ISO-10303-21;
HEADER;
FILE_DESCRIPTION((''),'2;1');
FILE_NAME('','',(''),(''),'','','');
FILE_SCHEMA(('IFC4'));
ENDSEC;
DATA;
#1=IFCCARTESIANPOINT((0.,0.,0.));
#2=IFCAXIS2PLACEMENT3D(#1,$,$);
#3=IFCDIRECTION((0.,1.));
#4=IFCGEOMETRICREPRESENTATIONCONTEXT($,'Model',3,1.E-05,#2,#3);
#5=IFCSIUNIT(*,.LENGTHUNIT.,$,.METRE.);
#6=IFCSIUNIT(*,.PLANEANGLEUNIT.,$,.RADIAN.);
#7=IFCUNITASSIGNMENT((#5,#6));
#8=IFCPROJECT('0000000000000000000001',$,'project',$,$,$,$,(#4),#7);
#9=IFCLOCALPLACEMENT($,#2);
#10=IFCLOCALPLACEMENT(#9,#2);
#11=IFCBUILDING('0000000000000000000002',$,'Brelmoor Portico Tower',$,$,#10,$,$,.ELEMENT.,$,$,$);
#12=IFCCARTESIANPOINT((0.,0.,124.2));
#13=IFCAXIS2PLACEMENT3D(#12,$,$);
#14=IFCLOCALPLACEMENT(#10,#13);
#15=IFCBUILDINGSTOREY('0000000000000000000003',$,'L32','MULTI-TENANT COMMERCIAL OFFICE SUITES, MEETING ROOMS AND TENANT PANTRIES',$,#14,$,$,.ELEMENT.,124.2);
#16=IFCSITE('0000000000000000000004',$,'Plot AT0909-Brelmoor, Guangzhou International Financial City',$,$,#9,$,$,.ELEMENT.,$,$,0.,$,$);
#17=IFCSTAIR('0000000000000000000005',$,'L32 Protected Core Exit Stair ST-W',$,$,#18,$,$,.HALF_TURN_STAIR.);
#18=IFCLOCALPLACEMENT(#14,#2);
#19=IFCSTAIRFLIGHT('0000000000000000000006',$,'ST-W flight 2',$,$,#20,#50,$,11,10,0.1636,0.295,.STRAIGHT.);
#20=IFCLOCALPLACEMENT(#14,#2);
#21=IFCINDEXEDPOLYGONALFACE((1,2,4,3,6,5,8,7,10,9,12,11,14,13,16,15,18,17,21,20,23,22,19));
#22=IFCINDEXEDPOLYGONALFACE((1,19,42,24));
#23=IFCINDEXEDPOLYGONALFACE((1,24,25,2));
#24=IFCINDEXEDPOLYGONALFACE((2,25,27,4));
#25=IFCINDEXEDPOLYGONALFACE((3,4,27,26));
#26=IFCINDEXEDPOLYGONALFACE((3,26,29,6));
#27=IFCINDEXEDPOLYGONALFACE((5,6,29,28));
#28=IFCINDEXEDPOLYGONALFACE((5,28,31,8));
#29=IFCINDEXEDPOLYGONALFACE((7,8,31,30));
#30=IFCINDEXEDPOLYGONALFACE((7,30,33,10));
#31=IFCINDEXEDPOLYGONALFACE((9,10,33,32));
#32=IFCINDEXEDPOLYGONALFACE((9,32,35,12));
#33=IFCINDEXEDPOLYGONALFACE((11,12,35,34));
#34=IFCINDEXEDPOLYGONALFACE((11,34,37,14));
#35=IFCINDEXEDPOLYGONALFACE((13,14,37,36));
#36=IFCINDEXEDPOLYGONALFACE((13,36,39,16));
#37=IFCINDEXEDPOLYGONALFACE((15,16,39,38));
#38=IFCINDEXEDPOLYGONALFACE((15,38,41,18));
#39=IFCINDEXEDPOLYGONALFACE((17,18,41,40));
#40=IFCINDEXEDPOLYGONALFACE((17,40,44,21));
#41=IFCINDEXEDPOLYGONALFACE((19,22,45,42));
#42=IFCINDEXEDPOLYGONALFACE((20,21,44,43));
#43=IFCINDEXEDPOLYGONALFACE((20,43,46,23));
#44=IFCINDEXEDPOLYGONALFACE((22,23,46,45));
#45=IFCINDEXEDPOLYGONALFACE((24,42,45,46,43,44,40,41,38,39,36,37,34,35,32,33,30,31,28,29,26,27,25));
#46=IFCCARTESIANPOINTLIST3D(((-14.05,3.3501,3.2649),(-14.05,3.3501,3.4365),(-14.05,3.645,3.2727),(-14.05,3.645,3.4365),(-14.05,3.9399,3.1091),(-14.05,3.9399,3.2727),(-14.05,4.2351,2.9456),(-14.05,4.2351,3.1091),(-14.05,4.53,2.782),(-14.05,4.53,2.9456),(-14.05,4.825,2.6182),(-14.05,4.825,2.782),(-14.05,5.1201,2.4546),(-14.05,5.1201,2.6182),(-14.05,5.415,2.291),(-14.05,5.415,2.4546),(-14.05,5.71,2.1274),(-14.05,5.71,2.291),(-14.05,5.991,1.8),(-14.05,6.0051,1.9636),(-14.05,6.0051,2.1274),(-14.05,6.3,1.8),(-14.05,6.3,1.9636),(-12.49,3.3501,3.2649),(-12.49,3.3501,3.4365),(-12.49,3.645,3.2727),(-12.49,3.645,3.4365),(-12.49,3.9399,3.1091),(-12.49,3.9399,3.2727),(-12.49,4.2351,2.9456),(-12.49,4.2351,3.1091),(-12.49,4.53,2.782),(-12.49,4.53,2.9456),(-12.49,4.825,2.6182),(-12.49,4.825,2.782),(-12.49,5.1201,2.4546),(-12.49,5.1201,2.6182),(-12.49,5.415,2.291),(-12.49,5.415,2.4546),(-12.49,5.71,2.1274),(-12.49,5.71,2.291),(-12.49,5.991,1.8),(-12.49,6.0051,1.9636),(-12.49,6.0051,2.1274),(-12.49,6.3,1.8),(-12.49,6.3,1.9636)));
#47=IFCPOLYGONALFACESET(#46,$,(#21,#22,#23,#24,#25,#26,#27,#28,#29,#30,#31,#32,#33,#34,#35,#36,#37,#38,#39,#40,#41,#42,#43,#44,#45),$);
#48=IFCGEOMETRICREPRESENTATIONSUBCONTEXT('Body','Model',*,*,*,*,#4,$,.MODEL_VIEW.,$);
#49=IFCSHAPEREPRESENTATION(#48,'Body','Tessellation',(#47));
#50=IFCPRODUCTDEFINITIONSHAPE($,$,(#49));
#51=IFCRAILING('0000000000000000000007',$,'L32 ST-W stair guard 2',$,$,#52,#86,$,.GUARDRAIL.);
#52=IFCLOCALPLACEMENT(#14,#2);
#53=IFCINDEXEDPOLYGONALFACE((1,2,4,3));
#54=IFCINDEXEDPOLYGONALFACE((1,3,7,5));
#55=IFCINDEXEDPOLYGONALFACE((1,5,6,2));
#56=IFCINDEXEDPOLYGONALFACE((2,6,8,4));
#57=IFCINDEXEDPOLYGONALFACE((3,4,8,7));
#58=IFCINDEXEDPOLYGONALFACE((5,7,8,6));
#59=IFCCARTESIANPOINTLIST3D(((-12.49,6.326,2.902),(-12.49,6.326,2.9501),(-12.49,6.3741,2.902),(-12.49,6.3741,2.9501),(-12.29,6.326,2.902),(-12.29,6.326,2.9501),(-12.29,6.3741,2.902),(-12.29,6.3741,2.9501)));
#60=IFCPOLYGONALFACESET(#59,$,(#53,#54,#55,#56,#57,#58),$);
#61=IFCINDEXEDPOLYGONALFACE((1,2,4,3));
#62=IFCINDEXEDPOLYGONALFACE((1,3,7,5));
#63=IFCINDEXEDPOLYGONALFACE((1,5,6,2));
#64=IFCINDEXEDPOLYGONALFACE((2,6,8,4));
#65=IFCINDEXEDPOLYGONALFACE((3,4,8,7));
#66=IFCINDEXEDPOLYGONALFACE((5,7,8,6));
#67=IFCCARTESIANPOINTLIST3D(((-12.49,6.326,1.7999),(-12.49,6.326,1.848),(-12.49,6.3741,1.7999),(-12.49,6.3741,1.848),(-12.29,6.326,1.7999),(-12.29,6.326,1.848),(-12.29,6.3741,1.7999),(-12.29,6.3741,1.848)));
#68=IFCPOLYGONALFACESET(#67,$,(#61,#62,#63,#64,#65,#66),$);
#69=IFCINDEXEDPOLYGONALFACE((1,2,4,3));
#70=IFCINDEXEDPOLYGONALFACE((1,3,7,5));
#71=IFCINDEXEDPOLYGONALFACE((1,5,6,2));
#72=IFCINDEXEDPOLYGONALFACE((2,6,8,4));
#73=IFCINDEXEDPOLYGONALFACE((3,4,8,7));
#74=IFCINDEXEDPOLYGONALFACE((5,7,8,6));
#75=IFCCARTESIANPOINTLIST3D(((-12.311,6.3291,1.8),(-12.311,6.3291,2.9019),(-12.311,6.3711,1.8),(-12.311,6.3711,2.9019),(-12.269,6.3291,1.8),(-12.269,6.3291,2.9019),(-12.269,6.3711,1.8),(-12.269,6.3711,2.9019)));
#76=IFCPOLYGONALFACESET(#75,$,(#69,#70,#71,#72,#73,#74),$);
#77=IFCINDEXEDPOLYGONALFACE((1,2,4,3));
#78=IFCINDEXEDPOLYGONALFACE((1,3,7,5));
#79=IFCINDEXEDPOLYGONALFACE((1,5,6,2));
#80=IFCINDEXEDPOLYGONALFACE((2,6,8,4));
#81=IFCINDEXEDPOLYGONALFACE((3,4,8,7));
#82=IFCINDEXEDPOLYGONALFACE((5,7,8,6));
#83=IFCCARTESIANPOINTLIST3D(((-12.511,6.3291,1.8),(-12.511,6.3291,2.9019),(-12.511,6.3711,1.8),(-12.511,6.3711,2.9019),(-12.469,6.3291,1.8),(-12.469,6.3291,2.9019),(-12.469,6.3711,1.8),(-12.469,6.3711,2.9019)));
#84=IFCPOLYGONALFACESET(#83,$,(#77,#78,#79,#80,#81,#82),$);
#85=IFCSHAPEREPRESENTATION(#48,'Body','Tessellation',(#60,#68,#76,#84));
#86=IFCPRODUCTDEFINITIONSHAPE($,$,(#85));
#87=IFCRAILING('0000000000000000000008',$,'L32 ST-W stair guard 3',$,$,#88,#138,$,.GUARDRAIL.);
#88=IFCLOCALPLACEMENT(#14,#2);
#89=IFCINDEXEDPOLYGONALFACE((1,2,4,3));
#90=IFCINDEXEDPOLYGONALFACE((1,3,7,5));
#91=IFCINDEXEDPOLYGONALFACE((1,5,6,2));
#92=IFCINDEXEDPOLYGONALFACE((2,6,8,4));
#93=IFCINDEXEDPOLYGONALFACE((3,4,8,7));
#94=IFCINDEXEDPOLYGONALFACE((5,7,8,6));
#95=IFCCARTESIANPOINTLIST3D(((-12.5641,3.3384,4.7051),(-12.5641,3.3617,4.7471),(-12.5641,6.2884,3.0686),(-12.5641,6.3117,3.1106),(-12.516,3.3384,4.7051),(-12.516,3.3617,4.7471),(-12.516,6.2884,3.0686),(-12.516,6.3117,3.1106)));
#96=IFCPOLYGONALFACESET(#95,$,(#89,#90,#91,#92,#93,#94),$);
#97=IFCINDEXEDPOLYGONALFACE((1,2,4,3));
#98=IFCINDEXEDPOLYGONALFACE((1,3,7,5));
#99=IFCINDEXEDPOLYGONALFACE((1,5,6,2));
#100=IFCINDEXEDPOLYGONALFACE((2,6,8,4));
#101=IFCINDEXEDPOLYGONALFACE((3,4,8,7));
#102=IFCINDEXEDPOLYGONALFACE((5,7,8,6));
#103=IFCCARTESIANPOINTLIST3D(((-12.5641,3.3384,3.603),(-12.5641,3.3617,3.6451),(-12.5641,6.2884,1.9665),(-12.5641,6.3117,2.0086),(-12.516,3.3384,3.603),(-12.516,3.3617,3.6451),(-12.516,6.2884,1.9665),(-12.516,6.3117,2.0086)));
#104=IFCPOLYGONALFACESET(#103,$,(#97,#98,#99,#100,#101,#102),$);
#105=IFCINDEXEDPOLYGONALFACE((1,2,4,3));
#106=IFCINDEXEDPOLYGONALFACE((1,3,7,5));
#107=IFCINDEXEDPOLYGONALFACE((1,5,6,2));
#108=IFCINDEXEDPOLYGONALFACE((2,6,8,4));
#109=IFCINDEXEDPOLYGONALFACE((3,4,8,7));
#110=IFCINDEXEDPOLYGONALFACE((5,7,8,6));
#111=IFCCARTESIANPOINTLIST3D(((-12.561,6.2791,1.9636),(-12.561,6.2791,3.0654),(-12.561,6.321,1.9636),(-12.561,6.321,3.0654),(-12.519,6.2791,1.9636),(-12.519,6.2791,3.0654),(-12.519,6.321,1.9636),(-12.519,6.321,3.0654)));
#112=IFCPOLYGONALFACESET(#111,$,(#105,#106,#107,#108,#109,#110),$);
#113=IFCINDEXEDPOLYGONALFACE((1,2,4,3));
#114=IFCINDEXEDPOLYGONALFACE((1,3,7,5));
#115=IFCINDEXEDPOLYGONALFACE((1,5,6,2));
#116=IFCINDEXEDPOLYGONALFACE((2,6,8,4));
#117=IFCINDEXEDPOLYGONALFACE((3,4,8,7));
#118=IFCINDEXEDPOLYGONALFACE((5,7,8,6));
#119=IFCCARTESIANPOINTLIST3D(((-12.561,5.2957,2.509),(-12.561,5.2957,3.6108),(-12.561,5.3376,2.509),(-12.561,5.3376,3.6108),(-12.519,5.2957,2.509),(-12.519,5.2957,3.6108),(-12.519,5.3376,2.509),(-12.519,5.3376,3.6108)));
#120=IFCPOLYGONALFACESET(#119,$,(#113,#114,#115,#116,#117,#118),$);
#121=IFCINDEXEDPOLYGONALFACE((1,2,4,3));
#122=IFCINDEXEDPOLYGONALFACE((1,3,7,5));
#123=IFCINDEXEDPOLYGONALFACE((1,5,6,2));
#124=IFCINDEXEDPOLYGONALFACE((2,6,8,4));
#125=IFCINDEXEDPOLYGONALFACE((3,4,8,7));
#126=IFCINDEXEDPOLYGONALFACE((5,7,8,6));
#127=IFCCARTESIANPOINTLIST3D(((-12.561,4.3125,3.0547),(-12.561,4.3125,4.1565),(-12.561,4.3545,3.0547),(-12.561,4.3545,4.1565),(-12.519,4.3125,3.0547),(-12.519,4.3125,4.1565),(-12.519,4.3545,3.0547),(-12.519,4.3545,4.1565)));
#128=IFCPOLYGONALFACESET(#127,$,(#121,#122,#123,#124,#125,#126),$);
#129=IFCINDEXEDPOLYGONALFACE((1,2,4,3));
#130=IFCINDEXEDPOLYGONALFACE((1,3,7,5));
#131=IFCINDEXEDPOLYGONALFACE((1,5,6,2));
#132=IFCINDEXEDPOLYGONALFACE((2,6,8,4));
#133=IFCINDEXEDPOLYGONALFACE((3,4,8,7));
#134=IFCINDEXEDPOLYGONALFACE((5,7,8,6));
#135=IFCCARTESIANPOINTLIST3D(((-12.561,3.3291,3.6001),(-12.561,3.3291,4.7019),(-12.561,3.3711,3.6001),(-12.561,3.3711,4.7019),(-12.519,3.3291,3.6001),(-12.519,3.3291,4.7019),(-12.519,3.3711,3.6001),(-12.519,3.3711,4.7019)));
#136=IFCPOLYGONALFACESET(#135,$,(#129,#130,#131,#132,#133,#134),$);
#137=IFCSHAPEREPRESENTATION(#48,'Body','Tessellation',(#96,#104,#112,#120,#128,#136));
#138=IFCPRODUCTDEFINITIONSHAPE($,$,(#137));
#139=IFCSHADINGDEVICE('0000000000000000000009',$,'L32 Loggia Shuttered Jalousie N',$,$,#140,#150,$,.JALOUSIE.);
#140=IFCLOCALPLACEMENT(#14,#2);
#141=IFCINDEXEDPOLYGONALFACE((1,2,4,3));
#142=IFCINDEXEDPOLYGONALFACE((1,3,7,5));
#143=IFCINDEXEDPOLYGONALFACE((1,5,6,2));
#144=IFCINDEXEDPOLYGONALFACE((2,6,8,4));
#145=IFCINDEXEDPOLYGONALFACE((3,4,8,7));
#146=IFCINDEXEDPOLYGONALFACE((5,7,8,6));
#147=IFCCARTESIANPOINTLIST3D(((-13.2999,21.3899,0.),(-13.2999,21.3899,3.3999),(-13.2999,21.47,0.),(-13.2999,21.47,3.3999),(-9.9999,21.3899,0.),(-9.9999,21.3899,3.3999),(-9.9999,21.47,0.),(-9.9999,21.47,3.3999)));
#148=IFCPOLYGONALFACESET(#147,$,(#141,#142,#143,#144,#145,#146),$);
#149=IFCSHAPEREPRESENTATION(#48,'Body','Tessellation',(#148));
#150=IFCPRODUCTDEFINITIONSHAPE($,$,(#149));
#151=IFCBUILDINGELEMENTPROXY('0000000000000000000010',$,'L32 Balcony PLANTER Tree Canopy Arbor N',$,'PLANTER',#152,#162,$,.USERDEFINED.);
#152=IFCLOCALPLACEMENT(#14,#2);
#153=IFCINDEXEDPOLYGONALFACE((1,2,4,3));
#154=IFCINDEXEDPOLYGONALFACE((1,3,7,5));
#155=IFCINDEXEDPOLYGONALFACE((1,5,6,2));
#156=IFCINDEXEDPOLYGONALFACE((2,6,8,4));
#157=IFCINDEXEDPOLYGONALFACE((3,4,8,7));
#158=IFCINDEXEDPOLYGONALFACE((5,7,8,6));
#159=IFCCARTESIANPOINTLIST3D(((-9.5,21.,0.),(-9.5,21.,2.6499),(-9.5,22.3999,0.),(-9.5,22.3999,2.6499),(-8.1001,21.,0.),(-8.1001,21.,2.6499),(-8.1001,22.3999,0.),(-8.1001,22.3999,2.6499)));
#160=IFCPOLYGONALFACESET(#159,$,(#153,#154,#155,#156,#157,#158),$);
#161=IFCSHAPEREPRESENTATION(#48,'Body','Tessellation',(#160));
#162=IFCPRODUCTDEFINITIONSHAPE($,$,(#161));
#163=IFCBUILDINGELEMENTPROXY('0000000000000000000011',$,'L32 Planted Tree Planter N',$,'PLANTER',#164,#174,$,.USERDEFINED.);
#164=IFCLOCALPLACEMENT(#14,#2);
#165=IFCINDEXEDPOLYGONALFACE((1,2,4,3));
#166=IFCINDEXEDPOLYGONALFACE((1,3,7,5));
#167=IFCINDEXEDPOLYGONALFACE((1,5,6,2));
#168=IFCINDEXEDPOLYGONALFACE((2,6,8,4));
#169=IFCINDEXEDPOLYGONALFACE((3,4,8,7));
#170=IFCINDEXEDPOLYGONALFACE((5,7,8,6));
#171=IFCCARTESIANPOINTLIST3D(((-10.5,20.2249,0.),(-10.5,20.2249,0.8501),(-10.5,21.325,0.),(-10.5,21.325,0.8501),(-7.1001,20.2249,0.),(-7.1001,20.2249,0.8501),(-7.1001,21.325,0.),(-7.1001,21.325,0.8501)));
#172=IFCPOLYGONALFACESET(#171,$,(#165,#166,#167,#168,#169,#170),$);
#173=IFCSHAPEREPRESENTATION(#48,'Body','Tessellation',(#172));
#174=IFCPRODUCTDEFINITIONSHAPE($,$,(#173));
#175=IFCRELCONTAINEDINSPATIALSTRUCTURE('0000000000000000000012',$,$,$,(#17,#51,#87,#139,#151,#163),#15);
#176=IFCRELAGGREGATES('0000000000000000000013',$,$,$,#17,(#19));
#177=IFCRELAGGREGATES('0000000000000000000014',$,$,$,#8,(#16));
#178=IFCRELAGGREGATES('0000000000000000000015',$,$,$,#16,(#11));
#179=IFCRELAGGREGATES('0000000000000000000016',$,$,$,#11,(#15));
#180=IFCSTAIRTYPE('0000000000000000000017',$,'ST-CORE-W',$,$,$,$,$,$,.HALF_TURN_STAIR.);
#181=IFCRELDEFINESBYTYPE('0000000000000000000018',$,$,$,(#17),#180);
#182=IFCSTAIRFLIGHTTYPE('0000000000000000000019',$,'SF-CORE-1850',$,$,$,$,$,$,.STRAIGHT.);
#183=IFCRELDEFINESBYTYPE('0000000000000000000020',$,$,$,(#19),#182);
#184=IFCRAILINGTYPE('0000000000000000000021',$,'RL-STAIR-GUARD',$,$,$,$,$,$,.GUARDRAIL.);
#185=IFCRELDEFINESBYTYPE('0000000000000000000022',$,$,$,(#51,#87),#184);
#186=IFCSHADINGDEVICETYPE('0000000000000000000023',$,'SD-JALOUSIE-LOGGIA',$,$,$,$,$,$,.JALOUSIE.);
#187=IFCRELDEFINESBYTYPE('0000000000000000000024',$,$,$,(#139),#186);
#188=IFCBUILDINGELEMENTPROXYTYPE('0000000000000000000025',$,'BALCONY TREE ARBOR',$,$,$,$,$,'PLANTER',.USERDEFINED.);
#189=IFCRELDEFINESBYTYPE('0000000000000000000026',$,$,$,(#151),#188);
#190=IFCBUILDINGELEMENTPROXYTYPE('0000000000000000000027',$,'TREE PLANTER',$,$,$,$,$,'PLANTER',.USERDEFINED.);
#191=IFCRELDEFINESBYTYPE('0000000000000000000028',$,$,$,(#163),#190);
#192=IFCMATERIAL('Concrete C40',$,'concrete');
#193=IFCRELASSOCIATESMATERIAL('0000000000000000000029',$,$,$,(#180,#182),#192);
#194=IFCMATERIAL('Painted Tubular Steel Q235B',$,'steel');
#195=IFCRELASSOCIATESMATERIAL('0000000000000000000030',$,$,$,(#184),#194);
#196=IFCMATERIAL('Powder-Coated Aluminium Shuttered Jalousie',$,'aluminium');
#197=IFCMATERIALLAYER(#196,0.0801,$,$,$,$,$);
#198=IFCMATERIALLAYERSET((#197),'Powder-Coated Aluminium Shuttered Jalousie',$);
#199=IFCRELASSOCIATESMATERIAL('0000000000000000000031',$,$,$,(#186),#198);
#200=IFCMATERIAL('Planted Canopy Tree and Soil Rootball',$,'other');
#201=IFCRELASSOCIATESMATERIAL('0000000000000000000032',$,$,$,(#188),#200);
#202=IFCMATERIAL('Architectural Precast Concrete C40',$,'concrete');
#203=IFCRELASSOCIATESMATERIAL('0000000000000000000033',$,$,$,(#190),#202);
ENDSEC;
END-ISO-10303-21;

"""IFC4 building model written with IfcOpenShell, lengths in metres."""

from ifc_helpers import new_model, si_unit, direction, frame, origin, origin_2d, place, context, subcontext, project, spatial, polyline, rectangle, outline, extrude, material, layer, layer_set, type_object, element, aggregate, save


model = new_model("IFC4")

# Units and contexts
model_context = context("Model", 3, precision=1e-05, world=origin(), true_north=direction((0.0, 1.0)))
body_context = subcontext(model_context, "Body", "Model", "MODEL_VIEW")
ifc_project = project(units=[si_unit("LENGTHUNIT", "METRE"), si_unit("PLANEANGLEUNIT", "RADIAN")], contexts=[model_context])

# Site, building, storey
site_placement = place(None, origin())
site = spatial("IfcSite", under=ifc_project, at=site_placement, Name="Plot AT0909-Brelmoor, Guangzhou International Financial City", CompositionType="ELEMENT", RefElevation=0.0)
building_placement = place(site_placement, origin())
building = spatial("IfcBuilding", under=site, at=building_placement, Name="Brelmoor Portico Tower", CompositionType="ELEMENT")
storey_placement = place(building_placement, frame((0.0, 0.0, 124.2)))
storey = spatial("IfcBuildingStorey", under=building, at=storey_placement, Name="L32", Description="MULTI-TENANT COMMERCIAL OFFICE SUITES, MEETING ROOMS AND TENANT PANTRIES", CompositionType="ELEMENT", Elevation=124.2)

# Stair, stair flight
ifc_material_1 = material(Name="Concrete C40", Category="concrete")
stair_type = type_object("IfcStairType", Name="ST-CORE-W", PredefinedType="HALF_TURN_STAIR", material=ifc_material_1)
stair_placement = place(storey_placement, origin())
stair = element("IfcStair", 1, at=stair_placement, inside=storey, type_object=stair_type, Name="L32 Protected Core Exit Stair ST-W", PredefinedType="HALF_TURN_STAIR")
stair_flight_type = type_object("IfcStairFlightType", Name="SF-CORE-1850", PredefinedType="STRAIGHT", material=ifc_material_1)
stair_flight_placement = place(storey_placement, frame((-13.27, 6.3, 1.8), z_axis=(0.0, 0.0, 1.0), x_axis=(0.0, -1.0, 0.0)))
stair_flight = element("IfcStairFlight", 2, at=stair_flight_placement, type_object=stair_flight_type, Name="ST-W flight 2", NumberOfRisers=11, NumberOfTreads=10, PredefinedType="STRAIGHT", RiserHeight=0.1636, TreadLength=0.295, context=body_context, shape_type="SweptSolid", body=[
    extrude(outline(polyline([(0.0, 0.0), (0.0, 0.1636), (0.2949, 0.1636), (0.2949, 0.3274), (0.5901, 0.3274), (0.5901, 0.491), (0.885, 0.491), (0.885, 0.6545), (1.1799, 0.6545), (1.1799, 0.8181), (1.4751, 0.8181), (1.4751, 0.9819), (1.77, 0.9819), (1.77, 1.1455), (2.0649, 1.1455), (2.0649, 1.3091), (2.3601, 1.3091), (2.3601, 1.4727), (2.655, 1.4727), (2.655, 1.6365), (2.95, 1.6365), (2.95, 1.8), (2.95, 1.4648), (0.3091, 0.0), (0.0, 0.0)])), frame((0.0, 0.78, 0.0), z_axis=(0.0, -1.0, 0.0), x_axis=(1.0, 0.0, 0.0)), (0.0, 0.0, 1.0), 1.5601),
])
aggregate(stair, [stair_flight])

# Railings
ifc_material_2 = material(Name="Painted Tubular Steel Q235B", Category="steel")
railing_type = type_object("IfcRailingType", Name="RL-STAIR-GUARD", PredefinedType="GUARDRAIL", material=ifc_material_2)
railing_1_placement = place(storey_placement, frame((-12.29, 6.3501, 1.8)))
element("IfcRailing", 3, at=railing_1_placement, inside=storey, type_object=railing_type, Name="L32 ST-W stair guard 2", PredefinedType="GUARDRAIL", context=body_context, shape_type="SweptSolid", body=[
    extrude(rectangle(XDim=0.0481, YDim=0.0481, at=origin_2d()), frame((0.0, 0.0, 1.126), z_axis=(-1.0, 0.0, 0.0), x_axis=(0.0, -1.0, 0.0)), (0.0, 0.0, 1.0), 0.2),
    extrude(rectangle(XDim=0.0481, YDim=0.0481, at=origin_2d()), frame((0.0, 0.0, 0.0239), z_axis=(-1.0, 0.0, 0.0), x_axis=(0.0, -1.0, 0.0)), (0.0, 0.0, 1.0), 0.2),
    extrude(rectangle(XDim=0.042, YDim=0.042, at=origin_2d()), origin(), (0.0, 0.0, 1.0), 1.1018),
    extrude(rectangle(XDim=0.042, YDim=0.042, at=origin_2d()), frame((-0.2, 0.0, 0.0)), (0.0, 0.0, 1.0), 1.1018),
])
railing_2_placement = place(storey_placement, frame((-12.54, 6.3, 1.9636)))
element("IfcRailing", 4, at=railing_2_placement, inside=storey, type_object=railing_type, Name="L32 ST-W stair guard 3", PredefinedType="GUARDRAIL", context=body_context, shape_type="SweptSolid", body=[
    extrude(rectangle(XDim=0.0481, YDim=0.0481, at=origin_2d()), frame((0.0, 0.0, 1.126), z_axis=(0.0, -0.874458, 0.485102), x_axis=(1.0, 0.0, 0.0)), (0.0, 0.0, 1.0), 3.3735),
    extrude(rectangle(XDim=0.0481, YDim=0.0481, at=origin_2d()), frame((0.0, 0.0, 0.0239), z_axis=(0.0, -0.874458, 0.485102), x_axis=(1.0, 0.0, 0.0)), (0.0, 0.0, 1.0), 3.3735),
    extrude(rectangle(XDim=0.042, YDim=0.042, at=origin_2d()), origin(), (0.0, 0.0, 1.0), 1.1018),
    extrude(rectangle(XDim=0.042, YDim=0.042, at=origin_2d()), frame((0.0, -0.9834, 0.5454)), (0.0, 0.0, 1.0), 1.1018),
    extrude(rectangle(XDim=0.042, YDim=0.042, at=origin_2d()), frame((0.0, -1.9666, 1.0911)), (0.0, 0.0, 1.0), 1.1018),
    extrude(rectangle(XDim=0.042, YDim=0.042, at=origin_2d()), frame((0.0, -2.95, 1.6365)), (0.0, 0.0, 1.0), 1.1018),
])

# Shading device
ifc_material_3 = material(Name="Powder-Coated Aluminium Shuttered Jalousie", Category="aluminium")
ifc_layer_1 = layer(ifc_material_3, 0.0801)
ifc_layer_set_1 = layer_set([ifc_layer_1], Name="Powder-Coated Aluminium Shuttered Jalousie")
shading_device_type = type_object("IfcShadingDeviceType", Name="SD-JALOUSIE-LOGGIA", PredefinedType="JALOUSIE", material=ifc_layer_set_1)
shading_device_placement = place(storey_placement, frame((-11.6499, 21.4299, 0.0), z_axis=(0.0, 0.0, 1.0), x_axis=(1.0, 0.0, 0.0)))
element("IfcShadingDevice", 5, at=shading_device_placement, inside=storey, type_object=shading_device_type, Name="L32 Loggia Shuttered Jalousie N", PredefinedType="JALOUSIE", context=body_context, shape_type="SweptSolid", body=[
    extrude(rectangle(XDim=3.3, YDim=0.0801, at=origin_2d()), origin(), (0.0, 0.0, 1.0), 3.3999),
])

# Building element proxies
ifc_material_4 = material(Name="Planted Canopy Tree and Soil Rootball", Category="other")
building_element_proxy_type_1 = type_object("IfcBuildingElementProxyType", Name="BALCONY TREE ARBOR", ElementType="PLANTER", PredefinedType="USERDEFINED", material=ifc_material_4)
proxy_1_placement = place(storey_placement, frame((-8.8, 21.7, 0.0), z_axis=(0.0, 0.0, 1.0), x_axis=(1.0, 0.0, 0.0)))
element("IfcBuildingElementProxy", 6, at=proxy_1_placement, inside=storey, type_object=building_element_proxy_type_1, Name="L32 Balcony PLANTER Tree Canopy Arbor N", ObjectType="PLANTER", PredefinedType="USERDEFINED", context=body_context, shape_type="SweptSolid", body=[
    extrude(rectangle(XDim=1.3999, YDim=1.3999, at=origin_2d()), origin(), (0.0, 0.0, 1.0), 2.6499),
])
ifc_material_5 = material(Name="Architectural Precast Concrete C40", Category="concrete")
building_element_proxy_type_2 = type_object("IfcBuildingElementProxyType", Name="TREE PLANTER", ElementType="PLANTER", PredefinedType="USERDEFINED", material=ifc_material_5)
proxy_2_placement = place(storey_placement, frame((-8.8, 20.7749, 0.0), z_axis=(0.0, 0.0, 1.0), x_axis=(1.0, 0.0, 0.0)))
element("IfcBuildingElementProxy", 7, at=proxy_2_placement, inside=storey, type_object=building_element_proxy_type_2, Name="L32 Planted Tree Planter N", ObjectType="PLANTER", PredefinedType="USERDEFINED", context=body_context, shape_type="SweptSolid", body=[
    extrude(rectangle(XDim=3.3999, YDim=1.1001, at=origin_2d()), origin(), (0.0, 0.0, 1.0), 0.8501),
])

save(model, "model.ifc")
